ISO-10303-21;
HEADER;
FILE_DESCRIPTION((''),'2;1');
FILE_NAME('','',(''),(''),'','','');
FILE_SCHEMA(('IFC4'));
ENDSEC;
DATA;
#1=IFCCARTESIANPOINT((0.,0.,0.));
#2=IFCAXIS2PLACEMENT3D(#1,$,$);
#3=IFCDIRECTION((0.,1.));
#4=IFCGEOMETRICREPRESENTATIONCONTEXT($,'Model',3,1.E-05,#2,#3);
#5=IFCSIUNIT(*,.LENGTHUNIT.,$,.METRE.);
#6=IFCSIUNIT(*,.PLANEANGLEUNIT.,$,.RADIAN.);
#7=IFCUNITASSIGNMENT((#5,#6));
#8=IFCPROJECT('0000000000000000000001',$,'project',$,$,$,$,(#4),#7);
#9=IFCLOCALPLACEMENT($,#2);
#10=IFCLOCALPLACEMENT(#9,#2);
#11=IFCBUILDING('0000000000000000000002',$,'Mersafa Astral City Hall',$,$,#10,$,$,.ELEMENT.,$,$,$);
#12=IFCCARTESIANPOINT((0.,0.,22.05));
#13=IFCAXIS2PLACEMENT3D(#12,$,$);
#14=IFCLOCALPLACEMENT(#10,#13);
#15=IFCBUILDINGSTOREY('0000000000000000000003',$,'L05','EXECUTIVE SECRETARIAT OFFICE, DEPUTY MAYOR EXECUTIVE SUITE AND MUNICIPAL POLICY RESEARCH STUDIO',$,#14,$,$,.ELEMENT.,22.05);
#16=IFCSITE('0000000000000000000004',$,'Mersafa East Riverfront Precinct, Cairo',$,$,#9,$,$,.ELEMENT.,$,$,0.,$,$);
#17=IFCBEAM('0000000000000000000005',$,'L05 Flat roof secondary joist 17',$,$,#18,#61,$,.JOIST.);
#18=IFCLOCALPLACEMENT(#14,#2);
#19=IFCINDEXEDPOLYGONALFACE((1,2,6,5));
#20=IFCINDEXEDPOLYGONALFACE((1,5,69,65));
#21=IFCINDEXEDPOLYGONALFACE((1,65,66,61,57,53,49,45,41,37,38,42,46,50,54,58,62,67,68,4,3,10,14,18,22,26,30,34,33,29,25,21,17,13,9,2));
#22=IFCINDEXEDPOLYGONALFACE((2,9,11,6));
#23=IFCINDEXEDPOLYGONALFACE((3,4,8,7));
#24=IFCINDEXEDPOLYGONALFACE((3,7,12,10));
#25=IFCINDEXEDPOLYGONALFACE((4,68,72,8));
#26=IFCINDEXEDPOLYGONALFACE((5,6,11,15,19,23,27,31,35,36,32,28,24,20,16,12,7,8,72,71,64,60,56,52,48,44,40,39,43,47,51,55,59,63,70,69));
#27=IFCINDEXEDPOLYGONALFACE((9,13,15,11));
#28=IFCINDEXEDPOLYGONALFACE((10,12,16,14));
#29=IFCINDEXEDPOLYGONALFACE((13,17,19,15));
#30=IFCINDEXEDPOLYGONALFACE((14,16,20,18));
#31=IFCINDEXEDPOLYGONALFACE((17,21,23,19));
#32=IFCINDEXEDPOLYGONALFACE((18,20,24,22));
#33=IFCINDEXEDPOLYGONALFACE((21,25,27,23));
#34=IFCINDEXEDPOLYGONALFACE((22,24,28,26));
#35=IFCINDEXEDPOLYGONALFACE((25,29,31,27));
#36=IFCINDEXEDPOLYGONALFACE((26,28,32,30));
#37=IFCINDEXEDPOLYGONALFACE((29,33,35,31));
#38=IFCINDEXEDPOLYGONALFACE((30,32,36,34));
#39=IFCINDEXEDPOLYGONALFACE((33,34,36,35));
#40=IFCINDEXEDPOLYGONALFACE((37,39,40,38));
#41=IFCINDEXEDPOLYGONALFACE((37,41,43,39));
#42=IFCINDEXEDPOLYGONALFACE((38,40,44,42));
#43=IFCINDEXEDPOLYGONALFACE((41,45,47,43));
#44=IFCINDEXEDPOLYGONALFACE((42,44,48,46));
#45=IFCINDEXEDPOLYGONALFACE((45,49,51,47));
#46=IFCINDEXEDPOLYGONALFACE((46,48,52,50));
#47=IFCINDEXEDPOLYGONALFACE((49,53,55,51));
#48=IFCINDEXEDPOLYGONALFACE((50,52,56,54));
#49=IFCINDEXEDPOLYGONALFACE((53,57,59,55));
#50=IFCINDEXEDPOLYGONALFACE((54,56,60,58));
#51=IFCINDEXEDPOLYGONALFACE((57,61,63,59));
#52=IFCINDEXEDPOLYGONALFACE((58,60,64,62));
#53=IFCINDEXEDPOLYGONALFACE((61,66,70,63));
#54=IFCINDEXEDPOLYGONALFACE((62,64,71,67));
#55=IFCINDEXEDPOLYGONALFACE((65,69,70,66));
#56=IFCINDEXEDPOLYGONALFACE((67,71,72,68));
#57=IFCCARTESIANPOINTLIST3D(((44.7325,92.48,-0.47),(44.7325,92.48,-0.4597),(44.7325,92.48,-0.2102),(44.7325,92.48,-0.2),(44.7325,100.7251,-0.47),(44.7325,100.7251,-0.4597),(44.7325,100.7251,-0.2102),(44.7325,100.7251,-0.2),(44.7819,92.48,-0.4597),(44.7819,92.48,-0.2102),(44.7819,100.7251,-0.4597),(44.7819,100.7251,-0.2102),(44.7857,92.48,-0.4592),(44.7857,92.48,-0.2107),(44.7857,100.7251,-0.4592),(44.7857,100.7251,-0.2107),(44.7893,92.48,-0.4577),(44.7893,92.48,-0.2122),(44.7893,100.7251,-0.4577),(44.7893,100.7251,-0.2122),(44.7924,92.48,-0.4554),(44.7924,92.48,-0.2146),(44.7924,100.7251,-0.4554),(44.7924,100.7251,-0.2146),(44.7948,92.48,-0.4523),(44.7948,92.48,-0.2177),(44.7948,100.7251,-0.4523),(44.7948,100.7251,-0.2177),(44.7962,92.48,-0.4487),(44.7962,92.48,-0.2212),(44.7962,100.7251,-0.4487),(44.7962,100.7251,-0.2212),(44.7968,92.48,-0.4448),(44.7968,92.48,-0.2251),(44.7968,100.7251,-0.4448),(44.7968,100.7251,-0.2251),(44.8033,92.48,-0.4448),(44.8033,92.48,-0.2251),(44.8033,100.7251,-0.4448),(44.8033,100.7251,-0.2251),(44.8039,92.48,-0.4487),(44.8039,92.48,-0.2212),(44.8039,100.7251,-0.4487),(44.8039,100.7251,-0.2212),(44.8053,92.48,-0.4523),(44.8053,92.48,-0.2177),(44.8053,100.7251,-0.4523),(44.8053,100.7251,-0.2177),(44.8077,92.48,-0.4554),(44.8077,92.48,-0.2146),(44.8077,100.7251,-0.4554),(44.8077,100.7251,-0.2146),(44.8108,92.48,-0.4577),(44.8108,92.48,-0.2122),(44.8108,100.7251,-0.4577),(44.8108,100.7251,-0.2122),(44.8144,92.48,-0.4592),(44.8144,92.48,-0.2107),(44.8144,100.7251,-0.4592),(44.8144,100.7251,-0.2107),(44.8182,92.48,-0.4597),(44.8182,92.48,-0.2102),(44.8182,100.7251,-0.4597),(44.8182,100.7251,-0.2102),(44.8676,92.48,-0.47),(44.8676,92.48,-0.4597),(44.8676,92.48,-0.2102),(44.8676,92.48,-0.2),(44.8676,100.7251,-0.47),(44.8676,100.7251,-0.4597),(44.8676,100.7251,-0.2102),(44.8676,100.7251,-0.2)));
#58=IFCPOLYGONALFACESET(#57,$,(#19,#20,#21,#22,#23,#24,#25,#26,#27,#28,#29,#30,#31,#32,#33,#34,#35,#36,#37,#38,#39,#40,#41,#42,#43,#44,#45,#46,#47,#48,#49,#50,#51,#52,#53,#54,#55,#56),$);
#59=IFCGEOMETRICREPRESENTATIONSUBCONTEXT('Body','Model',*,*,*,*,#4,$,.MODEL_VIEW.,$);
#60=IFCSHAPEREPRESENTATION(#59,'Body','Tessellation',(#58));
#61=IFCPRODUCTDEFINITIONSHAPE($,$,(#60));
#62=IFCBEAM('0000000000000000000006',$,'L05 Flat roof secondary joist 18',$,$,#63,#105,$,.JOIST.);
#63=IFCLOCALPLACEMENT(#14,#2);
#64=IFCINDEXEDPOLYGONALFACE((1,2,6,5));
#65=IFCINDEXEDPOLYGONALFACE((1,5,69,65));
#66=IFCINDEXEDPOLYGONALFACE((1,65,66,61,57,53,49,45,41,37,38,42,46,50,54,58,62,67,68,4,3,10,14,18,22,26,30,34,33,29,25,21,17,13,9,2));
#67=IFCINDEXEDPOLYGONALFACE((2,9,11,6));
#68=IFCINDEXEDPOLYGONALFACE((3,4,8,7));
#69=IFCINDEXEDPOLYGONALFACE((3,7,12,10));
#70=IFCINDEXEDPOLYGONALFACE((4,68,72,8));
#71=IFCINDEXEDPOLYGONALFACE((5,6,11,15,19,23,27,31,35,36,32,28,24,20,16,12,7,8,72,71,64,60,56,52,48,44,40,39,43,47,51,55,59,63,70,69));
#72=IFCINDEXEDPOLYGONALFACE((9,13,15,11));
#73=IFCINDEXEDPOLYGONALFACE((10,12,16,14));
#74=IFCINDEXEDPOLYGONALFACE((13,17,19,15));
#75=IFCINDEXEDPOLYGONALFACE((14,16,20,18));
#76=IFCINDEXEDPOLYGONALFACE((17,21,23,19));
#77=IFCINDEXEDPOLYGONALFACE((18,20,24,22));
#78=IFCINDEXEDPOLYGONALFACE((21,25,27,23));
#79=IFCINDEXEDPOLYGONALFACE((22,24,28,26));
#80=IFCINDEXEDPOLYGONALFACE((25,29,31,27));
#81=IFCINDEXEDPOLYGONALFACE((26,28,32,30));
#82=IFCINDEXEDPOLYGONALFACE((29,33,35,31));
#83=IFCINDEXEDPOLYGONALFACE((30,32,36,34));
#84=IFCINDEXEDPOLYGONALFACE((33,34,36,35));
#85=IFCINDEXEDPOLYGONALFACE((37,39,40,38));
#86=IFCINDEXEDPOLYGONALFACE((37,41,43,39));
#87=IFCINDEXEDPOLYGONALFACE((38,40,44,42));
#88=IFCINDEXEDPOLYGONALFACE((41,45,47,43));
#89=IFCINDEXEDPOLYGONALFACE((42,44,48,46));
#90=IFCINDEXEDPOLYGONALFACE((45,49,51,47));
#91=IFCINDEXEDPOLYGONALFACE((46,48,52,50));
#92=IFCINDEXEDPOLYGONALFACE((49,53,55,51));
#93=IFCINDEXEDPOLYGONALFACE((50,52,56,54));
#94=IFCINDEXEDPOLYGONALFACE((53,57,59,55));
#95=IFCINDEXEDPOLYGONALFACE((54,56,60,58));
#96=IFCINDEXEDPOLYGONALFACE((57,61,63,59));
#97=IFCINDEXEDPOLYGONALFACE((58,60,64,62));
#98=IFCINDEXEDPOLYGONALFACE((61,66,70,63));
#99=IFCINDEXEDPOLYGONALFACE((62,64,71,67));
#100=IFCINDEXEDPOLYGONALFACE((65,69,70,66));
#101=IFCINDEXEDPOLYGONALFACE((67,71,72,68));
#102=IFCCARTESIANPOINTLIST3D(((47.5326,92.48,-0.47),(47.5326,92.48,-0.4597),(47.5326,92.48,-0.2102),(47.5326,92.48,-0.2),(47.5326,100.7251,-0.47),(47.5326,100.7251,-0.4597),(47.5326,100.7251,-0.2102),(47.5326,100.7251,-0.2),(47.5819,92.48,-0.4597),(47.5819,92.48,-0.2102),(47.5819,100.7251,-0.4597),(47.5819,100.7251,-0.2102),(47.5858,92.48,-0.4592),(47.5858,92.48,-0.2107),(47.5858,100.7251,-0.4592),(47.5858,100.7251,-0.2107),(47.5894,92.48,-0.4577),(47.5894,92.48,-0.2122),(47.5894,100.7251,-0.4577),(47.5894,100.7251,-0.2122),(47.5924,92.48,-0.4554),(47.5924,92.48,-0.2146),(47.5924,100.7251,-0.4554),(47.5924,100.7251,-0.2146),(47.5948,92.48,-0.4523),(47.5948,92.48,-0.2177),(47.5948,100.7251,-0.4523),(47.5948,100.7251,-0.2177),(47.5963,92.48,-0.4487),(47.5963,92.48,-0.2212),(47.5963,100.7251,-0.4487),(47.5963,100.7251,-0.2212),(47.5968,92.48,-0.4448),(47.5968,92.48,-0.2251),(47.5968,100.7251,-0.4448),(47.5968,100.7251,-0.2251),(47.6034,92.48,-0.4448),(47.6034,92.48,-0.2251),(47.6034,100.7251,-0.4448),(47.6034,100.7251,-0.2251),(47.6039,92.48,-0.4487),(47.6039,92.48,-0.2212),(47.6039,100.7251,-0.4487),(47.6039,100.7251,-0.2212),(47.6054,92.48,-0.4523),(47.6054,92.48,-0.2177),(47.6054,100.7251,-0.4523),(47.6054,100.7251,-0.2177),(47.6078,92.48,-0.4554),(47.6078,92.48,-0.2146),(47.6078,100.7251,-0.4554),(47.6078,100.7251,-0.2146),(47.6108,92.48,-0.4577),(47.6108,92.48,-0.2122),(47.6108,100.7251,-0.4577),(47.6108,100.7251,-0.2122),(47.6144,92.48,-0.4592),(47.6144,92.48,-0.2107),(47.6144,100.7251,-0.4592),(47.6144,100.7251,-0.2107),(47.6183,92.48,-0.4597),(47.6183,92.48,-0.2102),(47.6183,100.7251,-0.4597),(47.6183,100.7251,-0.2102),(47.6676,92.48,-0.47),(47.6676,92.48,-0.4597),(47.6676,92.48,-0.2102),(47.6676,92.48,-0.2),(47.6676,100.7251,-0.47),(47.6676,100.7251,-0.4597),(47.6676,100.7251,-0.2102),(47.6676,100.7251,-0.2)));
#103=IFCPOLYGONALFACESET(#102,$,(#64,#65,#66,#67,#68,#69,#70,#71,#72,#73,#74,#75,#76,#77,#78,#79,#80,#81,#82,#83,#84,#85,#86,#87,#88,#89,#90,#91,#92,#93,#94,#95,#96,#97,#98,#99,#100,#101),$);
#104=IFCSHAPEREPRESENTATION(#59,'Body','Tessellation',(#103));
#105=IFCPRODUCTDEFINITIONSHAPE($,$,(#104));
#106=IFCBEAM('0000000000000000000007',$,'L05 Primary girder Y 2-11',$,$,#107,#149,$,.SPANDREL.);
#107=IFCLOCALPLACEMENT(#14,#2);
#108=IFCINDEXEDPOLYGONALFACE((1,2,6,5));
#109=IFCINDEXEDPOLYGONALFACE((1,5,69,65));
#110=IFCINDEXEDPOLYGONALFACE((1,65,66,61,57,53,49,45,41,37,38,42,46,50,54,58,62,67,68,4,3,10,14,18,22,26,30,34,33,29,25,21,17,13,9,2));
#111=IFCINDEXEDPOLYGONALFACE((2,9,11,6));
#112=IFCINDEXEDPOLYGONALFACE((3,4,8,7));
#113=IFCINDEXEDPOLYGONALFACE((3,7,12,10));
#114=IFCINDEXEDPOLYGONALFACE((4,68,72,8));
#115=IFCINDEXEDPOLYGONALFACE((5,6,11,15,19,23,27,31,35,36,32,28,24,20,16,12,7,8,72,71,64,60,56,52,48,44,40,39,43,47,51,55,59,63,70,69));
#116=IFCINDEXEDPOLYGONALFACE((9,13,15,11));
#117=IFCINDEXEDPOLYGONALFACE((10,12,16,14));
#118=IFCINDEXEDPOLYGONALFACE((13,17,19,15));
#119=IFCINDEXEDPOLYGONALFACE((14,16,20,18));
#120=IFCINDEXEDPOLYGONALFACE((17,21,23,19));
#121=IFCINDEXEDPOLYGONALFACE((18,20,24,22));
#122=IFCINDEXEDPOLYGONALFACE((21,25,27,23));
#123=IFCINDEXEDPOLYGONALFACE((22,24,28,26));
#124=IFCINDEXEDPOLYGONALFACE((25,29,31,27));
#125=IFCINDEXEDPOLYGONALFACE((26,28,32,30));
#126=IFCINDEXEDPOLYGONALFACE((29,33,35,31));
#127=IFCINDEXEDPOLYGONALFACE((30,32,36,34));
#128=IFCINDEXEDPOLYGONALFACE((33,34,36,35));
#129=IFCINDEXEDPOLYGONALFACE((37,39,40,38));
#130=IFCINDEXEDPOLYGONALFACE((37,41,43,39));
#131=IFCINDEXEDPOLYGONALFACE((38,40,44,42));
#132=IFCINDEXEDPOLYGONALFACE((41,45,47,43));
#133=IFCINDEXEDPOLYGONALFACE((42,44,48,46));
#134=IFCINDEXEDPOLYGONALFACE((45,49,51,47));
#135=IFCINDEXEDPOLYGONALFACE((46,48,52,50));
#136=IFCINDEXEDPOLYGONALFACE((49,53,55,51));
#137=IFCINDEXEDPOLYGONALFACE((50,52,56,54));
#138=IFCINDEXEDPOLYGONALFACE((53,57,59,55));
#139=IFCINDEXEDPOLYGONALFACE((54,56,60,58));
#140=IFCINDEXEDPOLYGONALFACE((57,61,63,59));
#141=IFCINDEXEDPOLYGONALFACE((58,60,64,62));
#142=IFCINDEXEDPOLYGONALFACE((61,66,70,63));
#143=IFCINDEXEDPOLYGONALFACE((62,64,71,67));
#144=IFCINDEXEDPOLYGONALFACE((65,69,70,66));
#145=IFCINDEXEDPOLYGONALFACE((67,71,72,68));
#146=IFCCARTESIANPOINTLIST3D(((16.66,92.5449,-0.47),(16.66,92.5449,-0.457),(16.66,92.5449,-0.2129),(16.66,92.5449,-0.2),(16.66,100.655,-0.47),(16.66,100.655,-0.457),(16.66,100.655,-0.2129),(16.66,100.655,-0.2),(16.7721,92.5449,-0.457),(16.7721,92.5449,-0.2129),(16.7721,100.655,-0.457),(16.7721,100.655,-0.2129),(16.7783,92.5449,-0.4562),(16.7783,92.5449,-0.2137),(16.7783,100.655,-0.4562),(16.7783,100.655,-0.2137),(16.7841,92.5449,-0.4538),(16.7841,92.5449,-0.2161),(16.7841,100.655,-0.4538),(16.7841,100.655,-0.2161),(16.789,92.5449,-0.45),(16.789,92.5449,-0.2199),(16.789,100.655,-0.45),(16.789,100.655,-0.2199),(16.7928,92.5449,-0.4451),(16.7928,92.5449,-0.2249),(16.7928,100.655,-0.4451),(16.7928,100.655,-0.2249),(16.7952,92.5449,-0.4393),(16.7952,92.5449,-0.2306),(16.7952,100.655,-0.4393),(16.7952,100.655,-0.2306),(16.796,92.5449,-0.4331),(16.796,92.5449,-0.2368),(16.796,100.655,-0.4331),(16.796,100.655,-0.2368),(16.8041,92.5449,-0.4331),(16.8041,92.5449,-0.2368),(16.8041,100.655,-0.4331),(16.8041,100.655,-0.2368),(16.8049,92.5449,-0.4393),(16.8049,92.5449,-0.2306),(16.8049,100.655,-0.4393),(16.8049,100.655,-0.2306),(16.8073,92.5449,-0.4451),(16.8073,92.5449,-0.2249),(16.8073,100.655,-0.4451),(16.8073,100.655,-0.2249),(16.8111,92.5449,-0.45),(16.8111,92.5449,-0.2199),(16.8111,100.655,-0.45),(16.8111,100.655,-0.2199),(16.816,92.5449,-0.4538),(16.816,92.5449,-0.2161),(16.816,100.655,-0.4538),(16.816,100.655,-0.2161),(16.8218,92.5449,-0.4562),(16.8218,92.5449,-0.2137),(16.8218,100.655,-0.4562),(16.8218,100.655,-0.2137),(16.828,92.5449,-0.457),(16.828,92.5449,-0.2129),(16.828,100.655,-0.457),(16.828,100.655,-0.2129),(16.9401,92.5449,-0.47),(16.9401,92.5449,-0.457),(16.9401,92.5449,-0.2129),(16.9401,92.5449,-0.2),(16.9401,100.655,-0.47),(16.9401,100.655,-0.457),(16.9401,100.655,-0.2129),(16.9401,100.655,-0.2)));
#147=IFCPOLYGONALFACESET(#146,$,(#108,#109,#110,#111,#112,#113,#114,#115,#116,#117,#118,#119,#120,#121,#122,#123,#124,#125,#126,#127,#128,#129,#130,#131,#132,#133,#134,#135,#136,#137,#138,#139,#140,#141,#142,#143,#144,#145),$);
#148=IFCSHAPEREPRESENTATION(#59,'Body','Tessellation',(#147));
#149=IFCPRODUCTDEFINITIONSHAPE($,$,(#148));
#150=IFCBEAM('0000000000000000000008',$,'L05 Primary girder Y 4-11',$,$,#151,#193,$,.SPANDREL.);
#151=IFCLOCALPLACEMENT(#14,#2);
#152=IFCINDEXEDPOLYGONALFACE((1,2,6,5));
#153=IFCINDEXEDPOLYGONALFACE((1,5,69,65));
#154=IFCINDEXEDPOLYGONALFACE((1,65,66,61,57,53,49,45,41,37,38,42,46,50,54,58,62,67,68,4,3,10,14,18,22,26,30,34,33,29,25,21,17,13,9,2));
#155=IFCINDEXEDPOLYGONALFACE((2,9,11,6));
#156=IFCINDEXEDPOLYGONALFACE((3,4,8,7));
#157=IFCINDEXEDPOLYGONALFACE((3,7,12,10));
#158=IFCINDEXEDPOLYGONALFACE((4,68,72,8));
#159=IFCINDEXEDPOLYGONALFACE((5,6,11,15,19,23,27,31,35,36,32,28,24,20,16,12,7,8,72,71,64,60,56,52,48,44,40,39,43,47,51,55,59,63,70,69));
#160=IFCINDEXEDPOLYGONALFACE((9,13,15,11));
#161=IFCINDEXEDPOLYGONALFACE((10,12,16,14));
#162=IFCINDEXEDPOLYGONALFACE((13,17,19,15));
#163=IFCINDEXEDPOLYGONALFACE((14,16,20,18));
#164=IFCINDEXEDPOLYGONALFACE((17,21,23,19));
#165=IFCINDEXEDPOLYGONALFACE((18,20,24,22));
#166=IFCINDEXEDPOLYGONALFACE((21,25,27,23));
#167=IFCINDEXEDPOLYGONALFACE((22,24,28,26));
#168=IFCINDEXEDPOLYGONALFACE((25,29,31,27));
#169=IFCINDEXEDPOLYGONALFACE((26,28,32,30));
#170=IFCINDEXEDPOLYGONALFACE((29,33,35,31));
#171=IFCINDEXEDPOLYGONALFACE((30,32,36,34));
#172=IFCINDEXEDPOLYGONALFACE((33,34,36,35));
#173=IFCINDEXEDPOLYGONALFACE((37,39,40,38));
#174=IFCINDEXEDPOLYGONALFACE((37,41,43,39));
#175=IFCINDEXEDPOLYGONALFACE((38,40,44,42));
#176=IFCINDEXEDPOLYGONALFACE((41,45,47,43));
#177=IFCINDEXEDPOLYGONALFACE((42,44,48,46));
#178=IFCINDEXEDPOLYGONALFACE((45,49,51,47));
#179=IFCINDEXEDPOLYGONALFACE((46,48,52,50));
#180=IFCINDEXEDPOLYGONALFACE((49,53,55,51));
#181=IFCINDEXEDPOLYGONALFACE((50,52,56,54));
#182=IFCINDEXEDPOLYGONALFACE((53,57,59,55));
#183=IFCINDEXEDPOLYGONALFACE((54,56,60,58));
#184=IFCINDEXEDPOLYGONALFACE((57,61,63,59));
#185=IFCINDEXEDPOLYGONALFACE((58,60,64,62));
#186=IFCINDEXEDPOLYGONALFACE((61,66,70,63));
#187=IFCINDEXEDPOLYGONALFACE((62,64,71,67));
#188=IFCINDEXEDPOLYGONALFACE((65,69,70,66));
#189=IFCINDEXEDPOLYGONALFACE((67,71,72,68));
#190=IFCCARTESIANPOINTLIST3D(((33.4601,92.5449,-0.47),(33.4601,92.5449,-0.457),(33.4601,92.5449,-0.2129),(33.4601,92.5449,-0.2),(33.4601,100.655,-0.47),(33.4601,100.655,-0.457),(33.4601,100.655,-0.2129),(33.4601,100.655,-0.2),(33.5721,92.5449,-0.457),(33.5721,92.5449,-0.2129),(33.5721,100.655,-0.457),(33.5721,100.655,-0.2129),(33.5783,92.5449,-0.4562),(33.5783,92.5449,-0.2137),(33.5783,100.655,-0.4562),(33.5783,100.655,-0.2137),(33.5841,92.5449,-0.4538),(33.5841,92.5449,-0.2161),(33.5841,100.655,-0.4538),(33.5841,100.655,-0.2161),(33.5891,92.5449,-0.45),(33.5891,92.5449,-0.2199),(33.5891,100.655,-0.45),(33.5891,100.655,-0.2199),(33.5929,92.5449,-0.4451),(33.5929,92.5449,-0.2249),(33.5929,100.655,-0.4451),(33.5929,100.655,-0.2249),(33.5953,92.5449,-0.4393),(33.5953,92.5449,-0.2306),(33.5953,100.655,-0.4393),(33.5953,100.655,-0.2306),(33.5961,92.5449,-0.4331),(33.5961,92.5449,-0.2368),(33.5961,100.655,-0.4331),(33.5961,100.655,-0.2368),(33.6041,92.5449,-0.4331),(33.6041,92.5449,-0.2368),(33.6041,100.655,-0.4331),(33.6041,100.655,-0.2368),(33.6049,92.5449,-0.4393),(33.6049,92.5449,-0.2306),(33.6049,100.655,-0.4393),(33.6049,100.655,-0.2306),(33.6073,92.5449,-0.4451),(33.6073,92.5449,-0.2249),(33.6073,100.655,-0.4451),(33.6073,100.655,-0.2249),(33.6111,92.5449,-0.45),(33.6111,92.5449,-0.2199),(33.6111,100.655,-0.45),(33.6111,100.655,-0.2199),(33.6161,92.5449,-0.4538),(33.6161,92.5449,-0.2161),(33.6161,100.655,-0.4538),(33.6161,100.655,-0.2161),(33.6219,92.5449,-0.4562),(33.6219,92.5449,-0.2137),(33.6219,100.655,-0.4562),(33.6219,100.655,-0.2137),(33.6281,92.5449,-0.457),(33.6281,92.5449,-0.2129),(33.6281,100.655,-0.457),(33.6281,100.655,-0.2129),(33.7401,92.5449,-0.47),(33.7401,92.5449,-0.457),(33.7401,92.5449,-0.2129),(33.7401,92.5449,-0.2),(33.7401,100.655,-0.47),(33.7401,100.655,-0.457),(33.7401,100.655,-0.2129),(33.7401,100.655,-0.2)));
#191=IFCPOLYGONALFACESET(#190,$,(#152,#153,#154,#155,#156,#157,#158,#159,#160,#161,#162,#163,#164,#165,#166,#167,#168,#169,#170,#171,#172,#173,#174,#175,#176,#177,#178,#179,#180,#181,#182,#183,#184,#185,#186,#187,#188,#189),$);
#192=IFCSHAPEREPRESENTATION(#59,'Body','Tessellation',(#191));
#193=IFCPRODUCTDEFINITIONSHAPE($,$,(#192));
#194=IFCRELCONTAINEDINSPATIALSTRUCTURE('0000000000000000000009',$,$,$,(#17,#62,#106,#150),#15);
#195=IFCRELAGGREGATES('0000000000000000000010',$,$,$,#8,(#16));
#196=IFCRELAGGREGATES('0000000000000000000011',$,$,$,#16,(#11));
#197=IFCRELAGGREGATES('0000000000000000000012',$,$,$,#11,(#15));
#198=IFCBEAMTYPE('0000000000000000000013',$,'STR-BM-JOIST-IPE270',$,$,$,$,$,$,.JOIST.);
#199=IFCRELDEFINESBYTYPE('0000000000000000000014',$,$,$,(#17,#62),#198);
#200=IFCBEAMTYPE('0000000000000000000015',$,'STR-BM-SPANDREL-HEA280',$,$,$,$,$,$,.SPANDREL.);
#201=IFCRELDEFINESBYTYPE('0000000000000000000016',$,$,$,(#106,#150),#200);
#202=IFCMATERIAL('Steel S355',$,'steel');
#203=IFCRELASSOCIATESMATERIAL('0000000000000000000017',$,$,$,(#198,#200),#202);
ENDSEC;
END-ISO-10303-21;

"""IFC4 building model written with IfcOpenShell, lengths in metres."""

from ifc_helpers import new_model, si_unit, direction, frame, origin, origin_2d, place, context, subcontext, project, spatial, i_section, extrude, material, material_profile, profile_set, type_object, element, save


model = new_model("IFC4")

# Units and contexts
model_context = context("Model", 3, precision=1e-05, world=origin(), true_north=direction((0.0, 1.0)))
body_context = subcontext(model_context, "Body", "Model", "MODEL_VIEW")
ifc_project = project(units=[si_unit("LENGTHUNIT", "METRE"), si_unit("PLANEANGLEUNIT", "RADIAN")], contexts=[model_context])

# Site, building, storey
site_placement = place(None, origin())
site = spatial("IfcSite", under=ifc_project, at=site_placement, Name="Mersafa East Riverfront Precinct, Cairo", CompositionType="ELEMENT", RefElevation=0.0)
building_placement = place(site_placement, origin())
building = spatial("IfcBuilding", under=site, at=building_placement, Name="Mersafa Astral City Hall", CompositionType="ELEMENT")
storey_placement = place(building_placement, frame((0.0, 0.0, 22.05)))
storey = spatial("IfcBuildingStorey", under=building, at=storey_placement, Name="L05", Description="EXECUTIVE SECRETARIAT OFFICE, DEPUTY MAYOR EXECUTIVE SUITE AND MUNICIPAL POLICY RESEARCH STUDIO", CompositionType="ELEMENT", Elevation=22.05)

# Beams
ifc_material = material(Name="Steel S355", Category="steel")
ifc_material_profile_1 = material_profile(ifc_material, i_section(OverallWidth=0.135, OverallDepth=0.27, WebThickness=0.0066, FlangeThickness=0.0103, FilletRadius=0.0149, at=origin_2d()), Name="IPE 270")
ifc_profile_set_1 = profile_set([ifc_material_profile_1], Name="Steel S355")
beam_type_1 = type_object("IfcBeamType", Name="STR-BM-JOIST-IPE270", PredefinedType="JOIST", material=ifc_profile_set_1)
for number, where, z_axis, x_axis, name in (
    (1, (44.8, 92.48, -0.335), (0.0, 1.0, 0.0), (-1.0, 0.0, 0.0), "L05 Flat roof secondary joist 17"),
    (2, (47.6001, 92.48, -0.335), (0.0, 1.0, 0.0), (-1.0, 0.0, 0.0), "L05 Flat roof secondary joist 18"),
):
    element("IfcBeam", number, at=place(storey_placement, frame(where, z_axis=z_axis, x_axis=x_axis)), inside=storey, type_object=beam_type_1, Name=name, PredefinedType="JOIST", context=body_context, shape_type="SweptSolid", body=[
        extrude(i_section(OverallWidth=0.135, OverallDepth=0.27, WebThickness=0.0066, FlangeThickness=0.0103, FilletRadius=0.0149, at=origin_2d()), origin(), (0.0, 0.0, 1.0), 8.2451),
    ])
ifc_material_profile_2 = material_profile(ifc_material, i_section(OverallWidth=0.28, OverallDepth=0.27, WebThickness=0.0081, FlangeThickness=0.0129, FilletRadius=0.0239, at=origin_2d()), Name="HEA 280")
ifc_profile_set_2 = profile_set([ifc_material_profile_2], Name="Steel S355")
beam_type_2 = type_object("IfcBeamType", Name="STR-BM-SPANDREL-HEA280", PredefinedType="SPANDREL", material=ifc_profile_set_2)
for number, where, z_axis, x_axis, name in (
    (3, (16.8, 92.5449, -0.335), (0.0, 1.0, 0.0), (-1.0, 0.0, 0.0), "L05 Primary girder Y 2-11"),
    (4, (33.6001, 92.5449, -0.335), (0.0, 1.0, 0.0), (-1.0, 0.0, 0.0), "L05 Primary girder Y 4-11"),
):
    element("IfcBeam", number, at=place(storey_placement, frame(where, z_axis=z_axis, x_axis=x_axis)), inside=storey, type_object=beam_type_2, Name=name, PredefinedType="SPANDREL", context=body_context, shape_type="SweptSolid", body=[
        extrude(i_section(OverallWidth=0.28, OverallDepth=0.27, WebThickness=0.0081, FlangeThickness=0.0129, FilletRadius=0.0239, at=origin_2d()), origin(), (0.0, 0.0, 1.0), 8.1101),
    ])

save(model, "model.ifc")
